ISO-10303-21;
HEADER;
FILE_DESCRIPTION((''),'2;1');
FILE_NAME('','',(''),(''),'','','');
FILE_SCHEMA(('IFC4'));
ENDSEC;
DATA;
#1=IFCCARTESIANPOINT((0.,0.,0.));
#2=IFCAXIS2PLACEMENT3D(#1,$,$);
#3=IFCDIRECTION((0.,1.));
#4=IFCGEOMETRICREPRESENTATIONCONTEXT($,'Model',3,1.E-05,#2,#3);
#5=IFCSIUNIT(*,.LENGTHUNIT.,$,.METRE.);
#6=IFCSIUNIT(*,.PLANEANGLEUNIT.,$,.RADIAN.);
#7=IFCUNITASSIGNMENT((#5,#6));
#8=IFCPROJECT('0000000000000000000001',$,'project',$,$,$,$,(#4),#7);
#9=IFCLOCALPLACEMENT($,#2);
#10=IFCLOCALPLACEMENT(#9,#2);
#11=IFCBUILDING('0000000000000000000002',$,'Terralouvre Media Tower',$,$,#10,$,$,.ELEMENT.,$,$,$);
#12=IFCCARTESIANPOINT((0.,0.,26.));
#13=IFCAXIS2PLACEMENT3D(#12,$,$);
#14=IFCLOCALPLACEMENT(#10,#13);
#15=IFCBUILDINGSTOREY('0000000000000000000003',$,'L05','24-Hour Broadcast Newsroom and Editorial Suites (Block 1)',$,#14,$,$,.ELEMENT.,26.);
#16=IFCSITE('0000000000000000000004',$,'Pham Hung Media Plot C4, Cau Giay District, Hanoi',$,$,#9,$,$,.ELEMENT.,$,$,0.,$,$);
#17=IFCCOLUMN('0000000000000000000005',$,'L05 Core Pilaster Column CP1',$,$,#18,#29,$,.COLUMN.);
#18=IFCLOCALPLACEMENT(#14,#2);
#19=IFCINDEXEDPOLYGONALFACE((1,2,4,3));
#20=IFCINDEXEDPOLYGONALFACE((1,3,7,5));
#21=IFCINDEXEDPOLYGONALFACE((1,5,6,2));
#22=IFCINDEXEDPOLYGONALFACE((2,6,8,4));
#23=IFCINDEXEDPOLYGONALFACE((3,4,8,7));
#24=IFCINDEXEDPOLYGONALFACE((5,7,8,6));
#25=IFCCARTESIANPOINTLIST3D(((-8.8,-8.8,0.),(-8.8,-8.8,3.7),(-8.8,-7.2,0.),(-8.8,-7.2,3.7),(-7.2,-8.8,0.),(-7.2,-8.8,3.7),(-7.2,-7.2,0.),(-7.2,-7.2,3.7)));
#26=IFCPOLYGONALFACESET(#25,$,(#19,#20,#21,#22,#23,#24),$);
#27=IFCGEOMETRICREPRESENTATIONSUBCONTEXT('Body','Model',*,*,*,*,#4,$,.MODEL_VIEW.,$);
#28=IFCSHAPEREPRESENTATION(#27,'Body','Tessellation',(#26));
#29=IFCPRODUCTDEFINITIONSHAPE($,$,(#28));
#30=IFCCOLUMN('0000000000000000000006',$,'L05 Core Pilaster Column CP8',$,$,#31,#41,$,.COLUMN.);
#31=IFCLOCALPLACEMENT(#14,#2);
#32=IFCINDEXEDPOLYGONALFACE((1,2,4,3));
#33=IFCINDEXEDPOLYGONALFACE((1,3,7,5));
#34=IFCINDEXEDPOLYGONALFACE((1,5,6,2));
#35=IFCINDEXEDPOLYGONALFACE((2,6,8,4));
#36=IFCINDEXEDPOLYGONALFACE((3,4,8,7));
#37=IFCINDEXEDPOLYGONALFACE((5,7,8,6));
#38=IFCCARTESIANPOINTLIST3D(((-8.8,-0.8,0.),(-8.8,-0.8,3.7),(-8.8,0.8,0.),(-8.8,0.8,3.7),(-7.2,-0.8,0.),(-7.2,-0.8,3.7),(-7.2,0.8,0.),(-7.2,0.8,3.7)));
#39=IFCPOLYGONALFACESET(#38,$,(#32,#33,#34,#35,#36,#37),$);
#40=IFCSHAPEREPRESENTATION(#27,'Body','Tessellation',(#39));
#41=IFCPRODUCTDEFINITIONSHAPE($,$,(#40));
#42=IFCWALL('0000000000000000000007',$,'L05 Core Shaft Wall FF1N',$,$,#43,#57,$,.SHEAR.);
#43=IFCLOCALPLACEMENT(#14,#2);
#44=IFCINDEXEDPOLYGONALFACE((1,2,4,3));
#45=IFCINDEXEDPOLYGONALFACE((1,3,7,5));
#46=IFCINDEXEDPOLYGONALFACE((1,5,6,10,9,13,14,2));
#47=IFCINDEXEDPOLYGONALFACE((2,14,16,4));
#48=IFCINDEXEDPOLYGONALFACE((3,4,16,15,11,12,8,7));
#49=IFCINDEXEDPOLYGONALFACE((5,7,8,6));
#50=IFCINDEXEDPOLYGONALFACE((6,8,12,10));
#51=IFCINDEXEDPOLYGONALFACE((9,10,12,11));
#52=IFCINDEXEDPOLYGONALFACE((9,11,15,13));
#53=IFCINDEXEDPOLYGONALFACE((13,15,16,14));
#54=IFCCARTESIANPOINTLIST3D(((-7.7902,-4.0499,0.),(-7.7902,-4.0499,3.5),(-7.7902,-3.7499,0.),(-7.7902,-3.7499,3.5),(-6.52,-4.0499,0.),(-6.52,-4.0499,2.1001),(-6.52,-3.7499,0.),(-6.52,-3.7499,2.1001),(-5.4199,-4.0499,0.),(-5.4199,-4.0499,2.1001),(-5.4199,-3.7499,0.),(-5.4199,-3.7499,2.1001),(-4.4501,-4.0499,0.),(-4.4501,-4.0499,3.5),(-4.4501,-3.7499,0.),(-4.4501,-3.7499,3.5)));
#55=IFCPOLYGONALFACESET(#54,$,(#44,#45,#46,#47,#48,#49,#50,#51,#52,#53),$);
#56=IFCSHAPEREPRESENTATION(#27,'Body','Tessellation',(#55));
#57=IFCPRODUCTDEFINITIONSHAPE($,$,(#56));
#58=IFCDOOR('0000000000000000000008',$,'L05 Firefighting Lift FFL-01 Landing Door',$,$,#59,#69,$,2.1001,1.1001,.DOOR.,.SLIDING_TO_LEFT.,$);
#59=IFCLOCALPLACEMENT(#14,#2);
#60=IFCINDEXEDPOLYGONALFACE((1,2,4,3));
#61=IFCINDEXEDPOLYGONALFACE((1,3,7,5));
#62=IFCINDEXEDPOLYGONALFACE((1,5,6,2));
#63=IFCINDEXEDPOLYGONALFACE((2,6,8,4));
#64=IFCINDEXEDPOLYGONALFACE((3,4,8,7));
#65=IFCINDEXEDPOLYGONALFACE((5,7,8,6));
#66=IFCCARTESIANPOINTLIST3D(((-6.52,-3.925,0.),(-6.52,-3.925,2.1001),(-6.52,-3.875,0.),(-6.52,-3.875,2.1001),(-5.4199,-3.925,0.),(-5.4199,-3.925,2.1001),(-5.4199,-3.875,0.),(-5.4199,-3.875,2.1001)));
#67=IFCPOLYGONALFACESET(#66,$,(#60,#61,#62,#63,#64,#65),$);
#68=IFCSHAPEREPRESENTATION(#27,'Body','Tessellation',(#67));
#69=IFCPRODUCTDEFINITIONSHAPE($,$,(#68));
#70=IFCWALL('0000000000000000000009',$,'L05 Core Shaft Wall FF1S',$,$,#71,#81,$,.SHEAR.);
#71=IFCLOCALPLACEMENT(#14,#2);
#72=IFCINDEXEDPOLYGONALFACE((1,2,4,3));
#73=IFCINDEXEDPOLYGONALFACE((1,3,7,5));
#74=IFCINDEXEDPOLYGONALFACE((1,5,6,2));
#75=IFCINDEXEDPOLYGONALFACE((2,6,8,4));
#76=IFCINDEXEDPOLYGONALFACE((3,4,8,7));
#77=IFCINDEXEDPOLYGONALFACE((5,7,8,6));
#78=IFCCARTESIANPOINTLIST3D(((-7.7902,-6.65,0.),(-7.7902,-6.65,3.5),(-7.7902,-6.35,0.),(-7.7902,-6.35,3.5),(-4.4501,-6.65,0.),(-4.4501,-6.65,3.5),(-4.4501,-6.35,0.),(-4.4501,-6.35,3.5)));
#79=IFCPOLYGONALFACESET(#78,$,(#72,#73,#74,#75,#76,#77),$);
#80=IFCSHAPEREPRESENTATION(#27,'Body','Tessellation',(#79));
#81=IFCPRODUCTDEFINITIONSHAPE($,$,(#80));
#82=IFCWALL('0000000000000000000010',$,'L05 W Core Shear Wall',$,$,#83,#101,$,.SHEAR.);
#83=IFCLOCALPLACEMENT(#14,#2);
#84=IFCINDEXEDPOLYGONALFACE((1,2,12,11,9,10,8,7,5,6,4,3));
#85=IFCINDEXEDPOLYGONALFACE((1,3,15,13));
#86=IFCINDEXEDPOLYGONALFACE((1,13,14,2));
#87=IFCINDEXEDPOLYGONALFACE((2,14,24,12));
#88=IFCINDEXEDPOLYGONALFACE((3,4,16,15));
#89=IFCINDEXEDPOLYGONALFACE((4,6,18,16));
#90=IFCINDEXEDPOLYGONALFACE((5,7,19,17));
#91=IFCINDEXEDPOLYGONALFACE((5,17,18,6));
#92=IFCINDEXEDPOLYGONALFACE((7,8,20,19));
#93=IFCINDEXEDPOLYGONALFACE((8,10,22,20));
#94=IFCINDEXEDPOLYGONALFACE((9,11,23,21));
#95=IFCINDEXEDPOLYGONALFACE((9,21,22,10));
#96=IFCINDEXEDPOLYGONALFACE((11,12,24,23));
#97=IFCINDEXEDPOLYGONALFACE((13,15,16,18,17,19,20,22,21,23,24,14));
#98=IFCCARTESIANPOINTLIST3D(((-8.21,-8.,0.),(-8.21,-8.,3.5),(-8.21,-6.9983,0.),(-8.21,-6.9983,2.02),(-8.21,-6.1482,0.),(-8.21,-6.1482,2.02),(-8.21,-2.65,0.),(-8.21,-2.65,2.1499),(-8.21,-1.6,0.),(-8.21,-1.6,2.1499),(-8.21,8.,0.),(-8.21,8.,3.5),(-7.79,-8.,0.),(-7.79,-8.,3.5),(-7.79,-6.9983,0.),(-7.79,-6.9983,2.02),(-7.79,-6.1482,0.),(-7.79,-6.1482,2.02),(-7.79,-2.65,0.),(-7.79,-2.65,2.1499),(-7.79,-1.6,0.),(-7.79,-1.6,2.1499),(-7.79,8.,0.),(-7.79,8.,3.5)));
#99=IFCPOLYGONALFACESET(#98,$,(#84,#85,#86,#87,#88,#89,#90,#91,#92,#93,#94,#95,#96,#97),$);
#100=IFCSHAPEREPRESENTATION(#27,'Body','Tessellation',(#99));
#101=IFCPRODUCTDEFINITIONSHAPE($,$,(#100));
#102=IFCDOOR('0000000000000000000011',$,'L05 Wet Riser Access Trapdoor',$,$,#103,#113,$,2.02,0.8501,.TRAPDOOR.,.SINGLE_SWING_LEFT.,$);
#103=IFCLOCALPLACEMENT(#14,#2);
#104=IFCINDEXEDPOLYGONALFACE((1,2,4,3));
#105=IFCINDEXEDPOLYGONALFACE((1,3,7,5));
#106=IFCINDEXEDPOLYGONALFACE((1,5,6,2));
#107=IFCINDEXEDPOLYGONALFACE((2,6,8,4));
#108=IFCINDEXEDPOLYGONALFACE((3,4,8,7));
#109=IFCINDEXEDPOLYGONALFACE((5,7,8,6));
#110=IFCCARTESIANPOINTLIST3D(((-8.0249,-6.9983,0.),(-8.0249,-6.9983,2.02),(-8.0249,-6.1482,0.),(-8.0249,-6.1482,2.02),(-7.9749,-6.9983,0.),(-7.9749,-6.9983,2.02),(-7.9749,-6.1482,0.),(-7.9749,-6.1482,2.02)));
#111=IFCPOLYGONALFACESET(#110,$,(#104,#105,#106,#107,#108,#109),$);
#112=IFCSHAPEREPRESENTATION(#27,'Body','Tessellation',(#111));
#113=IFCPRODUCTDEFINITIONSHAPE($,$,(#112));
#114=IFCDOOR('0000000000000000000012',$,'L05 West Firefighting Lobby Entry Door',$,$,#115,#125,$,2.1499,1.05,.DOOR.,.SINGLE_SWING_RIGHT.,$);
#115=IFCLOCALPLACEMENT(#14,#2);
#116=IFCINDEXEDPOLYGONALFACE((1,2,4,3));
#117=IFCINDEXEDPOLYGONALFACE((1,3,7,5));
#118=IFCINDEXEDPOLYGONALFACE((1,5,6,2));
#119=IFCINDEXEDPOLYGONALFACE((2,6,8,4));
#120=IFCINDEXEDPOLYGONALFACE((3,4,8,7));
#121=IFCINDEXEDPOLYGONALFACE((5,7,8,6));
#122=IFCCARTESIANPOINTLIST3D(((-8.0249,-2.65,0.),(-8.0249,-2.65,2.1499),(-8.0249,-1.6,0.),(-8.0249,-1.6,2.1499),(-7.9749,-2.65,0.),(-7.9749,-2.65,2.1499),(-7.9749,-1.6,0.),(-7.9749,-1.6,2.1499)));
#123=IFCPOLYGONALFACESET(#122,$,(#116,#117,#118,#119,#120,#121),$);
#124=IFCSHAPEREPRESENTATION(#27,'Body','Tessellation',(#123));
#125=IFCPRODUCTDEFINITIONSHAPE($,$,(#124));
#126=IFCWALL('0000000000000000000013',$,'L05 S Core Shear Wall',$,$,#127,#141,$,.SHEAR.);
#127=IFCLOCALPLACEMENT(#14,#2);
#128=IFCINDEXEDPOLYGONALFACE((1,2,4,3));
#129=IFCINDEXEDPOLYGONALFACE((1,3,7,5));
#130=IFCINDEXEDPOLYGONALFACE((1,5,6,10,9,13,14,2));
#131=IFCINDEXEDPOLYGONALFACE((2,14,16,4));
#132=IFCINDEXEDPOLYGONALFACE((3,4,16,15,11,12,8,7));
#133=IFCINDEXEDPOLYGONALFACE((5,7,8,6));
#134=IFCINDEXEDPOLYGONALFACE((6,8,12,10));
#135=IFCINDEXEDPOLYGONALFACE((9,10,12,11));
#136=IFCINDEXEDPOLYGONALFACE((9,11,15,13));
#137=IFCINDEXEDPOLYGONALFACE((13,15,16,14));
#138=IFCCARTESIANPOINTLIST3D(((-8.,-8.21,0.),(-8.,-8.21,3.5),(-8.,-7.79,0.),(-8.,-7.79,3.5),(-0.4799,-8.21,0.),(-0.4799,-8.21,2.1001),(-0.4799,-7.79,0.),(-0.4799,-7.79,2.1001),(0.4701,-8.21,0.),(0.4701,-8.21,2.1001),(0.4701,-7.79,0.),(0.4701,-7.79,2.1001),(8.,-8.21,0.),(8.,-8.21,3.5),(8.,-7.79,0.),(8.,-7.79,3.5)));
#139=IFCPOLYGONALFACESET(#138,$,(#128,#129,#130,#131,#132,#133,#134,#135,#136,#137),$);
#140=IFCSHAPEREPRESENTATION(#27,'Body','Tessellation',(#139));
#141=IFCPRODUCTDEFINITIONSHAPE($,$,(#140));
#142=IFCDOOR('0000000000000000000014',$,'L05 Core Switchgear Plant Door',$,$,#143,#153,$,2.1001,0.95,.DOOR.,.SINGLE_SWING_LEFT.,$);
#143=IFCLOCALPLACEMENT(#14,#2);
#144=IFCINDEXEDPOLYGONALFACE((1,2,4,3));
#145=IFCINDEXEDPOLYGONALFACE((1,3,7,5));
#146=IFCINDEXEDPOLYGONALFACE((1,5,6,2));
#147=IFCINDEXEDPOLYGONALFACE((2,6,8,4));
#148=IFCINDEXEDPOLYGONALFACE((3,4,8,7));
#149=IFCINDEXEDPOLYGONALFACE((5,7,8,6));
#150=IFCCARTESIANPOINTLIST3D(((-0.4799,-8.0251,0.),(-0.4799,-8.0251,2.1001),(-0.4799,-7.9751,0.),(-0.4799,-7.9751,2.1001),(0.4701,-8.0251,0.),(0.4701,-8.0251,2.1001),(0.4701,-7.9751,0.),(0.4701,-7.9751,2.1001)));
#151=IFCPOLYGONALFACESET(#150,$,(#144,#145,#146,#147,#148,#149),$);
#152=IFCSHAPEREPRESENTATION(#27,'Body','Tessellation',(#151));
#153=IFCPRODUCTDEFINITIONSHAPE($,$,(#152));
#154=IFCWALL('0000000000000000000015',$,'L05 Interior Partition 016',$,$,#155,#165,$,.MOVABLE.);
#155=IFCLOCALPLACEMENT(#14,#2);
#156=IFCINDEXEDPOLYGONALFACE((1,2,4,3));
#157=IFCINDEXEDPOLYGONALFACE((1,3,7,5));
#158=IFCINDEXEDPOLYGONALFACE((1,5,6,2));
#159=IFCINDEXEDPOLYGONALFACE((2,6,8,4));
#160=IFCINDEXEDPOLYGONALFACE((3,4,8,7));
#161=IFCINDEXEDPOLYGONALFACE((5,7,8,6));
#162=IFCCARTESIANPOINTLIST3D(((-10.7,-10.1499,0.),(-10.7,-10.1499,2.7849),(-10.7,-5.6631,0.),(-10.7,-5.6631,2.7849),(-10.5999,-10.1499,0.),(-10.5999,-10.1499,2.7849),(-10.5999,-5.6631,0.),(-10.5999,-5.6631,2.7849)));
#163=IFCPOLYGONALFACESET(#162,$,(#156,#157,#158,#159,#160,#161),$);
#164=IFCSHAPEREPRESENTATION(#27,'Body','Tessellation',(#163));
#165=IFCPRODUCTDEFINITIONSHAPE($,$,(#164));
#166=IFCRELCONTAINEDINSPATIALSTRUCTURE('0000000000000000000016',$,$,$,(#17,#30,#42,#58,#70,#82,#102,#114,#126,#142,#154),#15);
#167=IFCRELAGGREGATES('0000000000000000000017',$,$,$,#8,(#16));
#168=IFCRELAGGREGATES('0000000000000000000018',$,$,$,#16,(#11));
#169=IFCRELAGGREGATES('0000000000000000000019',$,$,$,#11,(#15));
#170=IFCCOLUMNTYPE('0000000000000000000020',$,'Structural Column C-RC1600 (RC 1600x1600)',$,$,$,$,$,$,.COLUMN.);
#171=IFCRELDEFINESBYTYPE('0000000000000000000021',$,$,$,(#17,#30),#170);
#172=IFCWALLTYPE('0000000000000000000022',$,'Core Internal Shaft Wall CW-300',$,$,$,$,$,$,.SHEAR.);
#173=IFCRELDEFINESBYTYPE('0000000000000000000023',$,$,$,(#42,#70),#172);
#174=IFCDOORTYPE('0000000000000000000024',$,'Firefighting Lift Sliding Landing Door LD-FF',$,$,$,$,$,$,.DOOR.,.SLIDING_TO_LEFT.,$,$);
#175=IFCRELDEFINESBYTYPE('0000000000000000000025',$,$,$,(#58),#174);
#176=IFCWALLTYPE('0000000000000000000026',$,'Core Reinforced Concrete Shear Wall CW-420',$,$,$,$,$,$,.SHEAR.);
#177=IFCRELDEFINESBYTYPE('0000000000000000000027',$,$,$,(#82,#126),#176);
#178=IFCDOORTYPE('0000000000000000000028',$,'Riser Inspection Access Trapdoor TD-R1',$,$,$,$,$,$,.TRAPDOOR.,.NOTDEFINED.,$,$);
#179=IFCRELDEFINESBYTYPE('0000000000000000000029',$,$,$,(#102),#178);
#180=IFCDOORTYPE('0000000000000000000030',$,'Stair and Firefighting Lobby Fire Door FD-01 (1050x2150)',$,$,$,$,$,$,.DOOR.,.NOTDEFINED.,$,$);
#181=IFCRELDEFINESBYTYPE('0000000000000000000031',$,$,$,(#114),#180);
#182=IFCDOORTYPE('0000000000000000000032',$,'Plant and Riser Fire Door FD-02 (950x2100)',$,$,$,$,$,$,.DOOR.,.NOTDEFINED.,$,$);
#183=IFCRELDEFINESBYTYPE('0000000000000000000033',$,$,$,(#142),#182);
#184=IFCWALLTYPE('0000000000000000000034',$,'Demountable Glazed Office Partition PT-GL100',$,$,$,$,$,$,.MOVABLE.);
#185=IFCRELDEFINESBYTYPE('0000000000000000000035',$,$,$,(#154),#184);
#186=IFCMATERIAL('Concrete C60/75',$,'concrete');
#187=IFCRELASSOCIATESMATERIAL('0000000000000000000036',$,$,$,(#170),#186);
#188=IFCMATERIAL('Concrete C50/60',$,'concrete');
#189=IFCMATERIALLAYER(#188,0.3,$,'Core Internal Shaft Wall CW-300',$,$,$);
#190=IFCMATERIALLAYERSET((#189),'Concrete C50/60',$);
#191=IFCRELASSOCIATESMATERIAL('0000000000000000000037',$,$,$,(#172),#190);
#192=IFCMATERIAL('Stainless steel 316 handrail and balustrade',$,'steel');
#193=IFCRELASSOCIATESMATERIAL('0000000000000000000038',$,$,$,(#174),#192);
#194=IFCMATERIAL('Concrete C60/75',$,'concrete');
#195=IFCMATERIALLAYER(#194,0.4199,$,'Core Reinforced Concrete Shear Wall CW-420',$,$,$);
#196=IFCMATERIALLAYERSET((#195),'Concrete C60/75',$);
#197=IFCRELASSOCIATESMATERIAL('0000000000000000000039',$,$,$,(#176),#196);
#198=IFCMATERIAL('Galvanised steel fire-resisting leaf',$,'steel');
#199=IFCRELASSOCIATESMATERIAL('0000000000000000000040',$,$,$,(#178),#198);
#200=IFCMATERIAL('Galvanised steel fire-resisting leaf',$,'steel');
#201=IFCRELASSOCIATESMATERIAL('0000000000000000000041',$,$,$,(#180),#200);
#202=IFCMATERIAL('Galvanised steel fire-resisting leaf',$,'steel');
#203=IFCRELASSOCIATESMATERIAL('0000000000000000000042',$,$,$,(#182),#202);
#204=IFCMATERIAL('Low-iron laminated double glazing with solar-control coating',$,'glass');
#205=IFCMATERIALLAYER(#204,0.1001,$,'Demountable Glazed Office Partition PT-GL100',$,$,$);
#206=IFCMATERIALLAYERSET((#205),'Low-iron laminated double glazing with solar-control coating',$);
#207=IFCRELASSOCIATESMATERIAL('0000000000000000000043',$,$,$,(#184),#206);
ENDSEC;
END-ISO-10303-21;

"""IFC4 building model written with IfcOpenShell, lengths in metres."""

from ifc_helpers import new_model, si_unit, direction, frame, frame_2d, origin, origin_2d, place, context, subcontext, project, spatial, rectangle, extrude, material, layer, layer_set, material_profile, profile_set, type_object, element, fill, save


model = new_model("IFC4")

# Units and contexts
model_context = context("Model", 3, precision=1e-05, world=origin(), true_north=direction((0.0, 1.0)))
body_context = subcontext(model_context, "Body", "Model", "MODEL_VIEW")
ifc_project = project(units=[si_unit("LENGTHUNIT", "METRE"), si_unit("PLANEANGLEUNIT", "RADIAN")], contexts=[model_context])

# Site, building, storey
site_placement = place(None, origin())
site = spatial("IfcSite", under=ifc_project, at=site_placement, Name="Pham Hung Media Plot C4, Cau Giay District, Hanoi", CompositionType="ELEMENT", RefElevation=0.0)
building_placement = place(site_placement, origin())
building = spatial("IfcBuilding", under=site, at=building_placement, Name="Terralouvre Media Tower", CompositionType="ELEMENT")
storey_placement = place(building_placement, frame((0.0, 0.0, 26.0)))
storey = spatial("IfcBuildingStorey", under=building, at=storey_placement, Name="L05", Description="24-Hour Broadcast Newsroom and Editorial Suites (Block 1)", CompositionType="ELEMENT", Elevation=26.0)

# Columns
ifc_material_1 = material(Name="Concrete C60/75", Category="concrete")
ifc_material_profile = material_profile(ifc_material_1, rectangle(XDim=1.6001, YDim=1.6001, at=origin_2d()), Name="RC 1600x1600")
ifc_profile_set = profile_set([ifc_material_profile], Name="Concrete C60/75")
column_type = type_object("IfcColumnType", Name="Structural Column C-RC1600 (RC 1600x1600)", PredefinedType="COLUMN", material=ifc_profile_set)
for number, where, z_axis, x_axis, name in (
    (1, (-8.0, -8.0, 0.0), (0.0, 0.0, 1.0), (1.0, 0.0, 0.0), "L05 Core Pilaster Column CP1"),
    (2, (-8.0, 0.0, 0.0), (0.0, 0.0, 1.0), (1.0, 0.0, 0.0), "L05 Core Pilaster Column CP8"),
):
    element("IfcColumn", number, at=place(storey_placement, frame(where, z_axis=z_axis, x_axis=x_axis)), inside=storey, type_object=column_type, Name=name, PredefinedType="COLUMN", context=body_context, shape_type="SweptSolid", body=[
        extrude(rectangle(XDim=1.6001, YDim=1.6001, at=origin_2d()), origin(), (0.0, 0.0, 1.0), 3.7),
    ])

# Wall, opening, door
ifc_material_2 = material(Name="Concrete C50/60", Category="concrete")
ifc_layer_1 = layer(ifc_material_2, 0.3, Name="Core Internal Shaft Wall CW-300")
ifc_layer_set_1 = layer_set([ifc_layer_1], Name="Concrete C50/60")
wall_type_1 = type_object("IfcWallType", Name="Core Internal Shaft Wall CW-300", PredefinedType="SHEAR", material=ifc_layer_set_1)
wall_1_placement = place(storey_placement, frame((-7.79, -3.8999, 0.0), z_axis=(0.0, 0.0, 1.0), x_axis=(1.0, 0.0, 0.0)))
wall_1 = element("IfcWall", 3, at=wall_1_placement, inside=storey, type_object=wall_type_1, Name="L05 Core Shaft Wall FF1N", PredefinedType="SHEAR", context=body_context, shape_type="SweptSolid", body=[
    extrude(rectangle(XDim=3.3401, YDim=0.3, at=frame_2d((1.6699, 0.0))), origin(), (0.0, 0.0, 1.0), 3.5),
])
opening_1_placement = place(wall_1_placement, frame((1.27, 0.0, 0.0)))
opening_1 = element("IfcOpeningElement", 4, at=opening_1_placement, cuts=wall_1, PredefinedType="OPENING", context=body_context, shape_type="SweptSolid", body=[
    extrude(rectangle(XDim=1.1001, YDim=2.1001, at=frame_2d((0.55, 1.05))), frame((0.0, 0.1599, 0.0), z_axis=(0.0, -1.0, 0.0), x_axis=(1.0, 0.0, 0.0)), (0.0, 0.0, 1.0), 0.3201),
])
ifc_material_3 = material(Name="Stainless steel 316 handrail and balustrade", Category="steel")
door_type_1 = type_object("IfcDoorType", Name="Firefighting Lift Sliding Landing Door LD-FF", OperationType="SLIDING_TO_LEFT", PredefinedType="DOOR", material=ifc_material_3)
door_1_placement = place(opening_1_placement, origin())
door_1 = element("IfcDoor", 5, at=door_1_placement, inside=storey, type_object=door_type_1, Name="L05 Firefighting Lift FFL-01 Landing Door", OperationType="SLIDING_TO_LEFT", OverallHeight=2.1001, OverallWidth=1.1001, PredefinedType="DOOR", context=body_context, shape_type="SweptSolid", body=[
    extrude(rectangle(XDim=1.1001, YDim=2.1001, at=frame_2d((0.55, 1.05))), frame((0.0, 0.0249, 0.0), z_axis=(0.0, -1.0, 0.0), x_axis=(1.0, 0.0, 0.0)), (0.0, 0.0, 1.0), 0.05),
])
fill(opening_1, door_1)

# Wall
wall_2_placement = place(storey_placement, frame((-7.79, -6.5, 0.0), z_axis=(0.0, 0.0, 1.0), x_axis=(1.0, 0.0, 0.0)))
element("IfcWall", 6, at=wall_2_placement, inside=storey, type_object=wall_type_1, Name="L05 Core Shaft Wall FF1S", PredefinedType="SHEAR", context=body_context, shape_type="SweptSolid", body=[
    extrude(rectangle(XDim=3.3401, YDim=0.3, at=frame_2d((1.6699, 0.0))), origin(), (0.0, 0.0, 1.0), 3.5),
])

# Wall, openings, doors
ifc_material_4 = material(Name="Concrete C60/75", Category="concrete")
ifc_layer_2 = layer(ifc_material_4, 0.4199, Name="Core Reinforced Concrete Shear Wall CW-420")
ifc_layer_set_2 = layer_set([ifc_layer_2], Name="Concrete C60/75")
wall_type_2 = type_object("IfcWallType", Name="Core Reinforced Concrete Shear Wall CW-420", PredefinedType="SHEAR", material=ifc_layer_set_2)
wall_3_placement = place(storey_placement, frame((-8.0, -8.0, 0.0), z_axis=(0.0, 0.0, 1.0), x_axis=(0.0, 1.0, 0.0)))
wall_3 = element("IfcWall", 7, at=wall_3_placement, inside=storey, type_object=wall_type_2, Name="L05 W Core Shear Wall", PredefinedType="SHEAR", context=body_context, shape_type="SweptSolid", body=[
    extrude(rectangle(XDim=16.0, YDim=0.4199, at=frame_2d((8.0, 0.0))), origin(), (0.0, 0.0, 1.0), 3.5),
])
opening_2_placement = place(wall_3_placement, frame((1.0017, 0.0, 0.0)))
opening_2 = element("IfcOpeningElement", 8, at=opening_2_placement, cuts=wall_3, PredefinedType="OPENING", context=body_context, shape_type="SweptSolid", body=[
    extrude(rectangle(XDim=0.8501, YDim=2.02, at=frame_2d((0.425, 1.01))), frame((0.0, 0.22, 0.0), z_axis=(0.0, -1.0, 0.0), x_axis=(1.0, 0.0, 0.0)), (0.0, 0.0, 1.0), 0.4399),
])
opening_3_placement = place(wall_3_placement, frame((5.3501, 0.0, 0.0)))
opening_3 = element("IfcOpeningElement", 9, at=opening_3_placement, cuts=wall_3, PredefinedType="OPENING", context=body_context, shape_type="SweptSolid", body=[
    extrude(rectangle(XDim=1.05, YDim=2.1499, at=frame_2d((0.5249, 1.075))), frame((0.0, 0.22, 0.0), z_axis=(0.0, -1.0, 0.0), x_axis=(1.0, 0.0, 0.0)), (0.0, 0.0, 1.0), 0.4399),
])
ifc_material_5 = material(Name="Galvanised steel fire-resisting leaf", Category="steel")
door_type_2 = type_object("IfcDoorType", Name="Riser Inspection Access Trapdoor TD-R1", OperationType="NOTDEFINED", PredefinedType="TRAPDOOR", material=ifc_material_5)
door_2_placement = place(opening_2_placement, origin())
door_2 = element("IfcDoor", 10, at=door_2_placement, inside=storey, type_object=door_type_2, Name="L05 Wet Riser Access Trapdoor", OperationType="SINGLE_SWING_LEFT", OverallHeight=2.02, OverallWidth=0.8501, PredefinedType="TRAPDOOR", context=body_context, shape_type="SweptSolid", body=[
    extrude(rectangle(XDim=0.8501, YDim=2.02, at=frame_2d((0.425, 1.01))), frame((0.0, 0.0249, 0.0), z_axis=(0.0, -1.0, 0.0), x_axis=(1.0, 0.0, 0.0)), (0.0, 0.0, 1.0), 0.05),
])
fill(opening_2, door_2)
ifc_material_6 = material(Name="Galvanised steel fire-resisting leaf", Category="steel")
door_type_3 = type_object("IfcDoorType", Name="Stair and Firefighting Lobby Fire Door FD-01 (1050x2150)", OperationType="NOTDEFINED", PredefinedType="DOOR", material=ifc_material_6)
door_3_placement = place(opening_3_placement, origin())
door_3 = element("IfcDoor", 11, at=door_3_placement, inside=storey, type_object=door_type_3, Name="L05 West Firefighting Lobby Entry Door", OperationType="SINGLE_SWING_RIGHT", OverallHeight=2.1499, OverallWidth=1.05, PredefinedType="DOOR", context=body_context, shape_type="SweptSolid", body=[
    extrude(rectangle(XDim=1.05, YDim=2.1499, at=frame_2d((0.5249, 1.075))), frame((0.0, 0.0249, 0.0), z_axis=(0.0, -1.0, 0.0), x_axis=(1.0, 0.0, 0.0)), (0.0, 0.0, 1.0), 0.05),
])
fill(opening_3, door_3)

# Wall, opening, door
wall_4_placement = place(storey_placement, frame((-8.0, -8.0, 0.0), z_axis=(0.0, 0.0, 1.0), x_axis=(1.0, 0.0, 0.0)))
wall_4 = element("IfcWall", 12, at=wall_4_placement, inside=storey, type_object=wall_type_2, Name="L05 S Core Shear Wall", PredefinedType="SHEAR", context=body_context, shape_type="SweptSolid", body=[
    extrude(rectangle(XDim=16.0, YDim=0.4199, at=frame_2d((8.0, 0.0))), origin(), (0.0, 0.0, 1.0), 3.5),
])
opening_4_placement = place(wall_4_placement, frame((7.52, 0.0, 0.0)))
opening_4 = element("IfcOpeningElement", 13, at=opening_4_placement, cuts=wall_4, PredefinedType="OPENING", context=body_context, shape_type="SweptSolid", body=[
    extrude(rectangle(XDim=0.95, YDim=2.1001, at=frame_2d((0.4751, 1.05))), frame((0.0, 0.22, 0.0), z_axis=(0.0, -1.0, 0.0), x_axis=(1.0, 0.0, 0.0)), (0.0, 0.0, 1.0), 0.4399),
])
ifc_material_7 = material(Name="Galvanised steel fire-resisting leaf", Category="steel")
door_type_4 = type_object("IfcDoorType", Name="Plant and Riser Fire Door FD-02 (950x2100)", OperationType="NOTDEFINED", PredefinedType="DOOR", material=ifc_material_7)
door_4_placement = place(opening_4_placement, origin())
door_4 = element("IfcDoor", 14, at=door_4_placement, inside=storey, type_object=door_type_4, Name="L05 Core Switchgear Plant Door", OperationType="SINGLE_SWING_LEFT", OverallHeight=2.1001, OverallWidth=0.95, PredefinedType="DOOR", context=body_context, shape_type="SweptSolid", body=[
    extrude(rectangle(XDim=0.95, YDim=2.1001, at=frame_2d((0.4751, 1.05))), frame((0.0, 0.0249, 0.0), z_axis=(0.0, -1.0, 0.0), x_axis=(1.0, 0.0, 0.0)), (0.0, 0.0, 1.0), 0.05),
])
fill(opening_4, door_4)

# Wall
ifc_material_8 = material(Name="Low-iron laminated double glazing with solar-control coating", Category="glass")
ifc_layer_3 = layer(ifc_material_8, 0.1001, Name="Demountable Glazed Office Partition PT-GL100")
ifc_layer_set_3 = layer_set([ifc_layer_3], Name="Low-iron laminated double glazing with solar-control coating")
wall_type_3 = type_object("IfcWallType", Name="Demountable Glazed Office Partition PT-GL100", PredefinedType="MOVABLE", material=ifc_layer_set_3)
wall_5_placement = place(storey_placement, frame((-10.6499, -5.6631, 0.0), z_axis=(0.0, 0.0, 1.0), x_axis=(0.0, -1.0, 0.0)))
element("IfcWall", 15, at=wall_5_placement, inside=storey, type_object=wall_type_3, Name="L05 Interior Partition 016", PredefinedType="MOVABLE", context=body_context, shape_type="SweptSolid", body=[
    extrude(rectangle(XDim=4.4868, YDim=0.1001, at=frame_2d((2.2434, 0.0))), origin(), (0.0, 0.0, 1.0), 2.7849),
])

save(model, "model.ifc")
